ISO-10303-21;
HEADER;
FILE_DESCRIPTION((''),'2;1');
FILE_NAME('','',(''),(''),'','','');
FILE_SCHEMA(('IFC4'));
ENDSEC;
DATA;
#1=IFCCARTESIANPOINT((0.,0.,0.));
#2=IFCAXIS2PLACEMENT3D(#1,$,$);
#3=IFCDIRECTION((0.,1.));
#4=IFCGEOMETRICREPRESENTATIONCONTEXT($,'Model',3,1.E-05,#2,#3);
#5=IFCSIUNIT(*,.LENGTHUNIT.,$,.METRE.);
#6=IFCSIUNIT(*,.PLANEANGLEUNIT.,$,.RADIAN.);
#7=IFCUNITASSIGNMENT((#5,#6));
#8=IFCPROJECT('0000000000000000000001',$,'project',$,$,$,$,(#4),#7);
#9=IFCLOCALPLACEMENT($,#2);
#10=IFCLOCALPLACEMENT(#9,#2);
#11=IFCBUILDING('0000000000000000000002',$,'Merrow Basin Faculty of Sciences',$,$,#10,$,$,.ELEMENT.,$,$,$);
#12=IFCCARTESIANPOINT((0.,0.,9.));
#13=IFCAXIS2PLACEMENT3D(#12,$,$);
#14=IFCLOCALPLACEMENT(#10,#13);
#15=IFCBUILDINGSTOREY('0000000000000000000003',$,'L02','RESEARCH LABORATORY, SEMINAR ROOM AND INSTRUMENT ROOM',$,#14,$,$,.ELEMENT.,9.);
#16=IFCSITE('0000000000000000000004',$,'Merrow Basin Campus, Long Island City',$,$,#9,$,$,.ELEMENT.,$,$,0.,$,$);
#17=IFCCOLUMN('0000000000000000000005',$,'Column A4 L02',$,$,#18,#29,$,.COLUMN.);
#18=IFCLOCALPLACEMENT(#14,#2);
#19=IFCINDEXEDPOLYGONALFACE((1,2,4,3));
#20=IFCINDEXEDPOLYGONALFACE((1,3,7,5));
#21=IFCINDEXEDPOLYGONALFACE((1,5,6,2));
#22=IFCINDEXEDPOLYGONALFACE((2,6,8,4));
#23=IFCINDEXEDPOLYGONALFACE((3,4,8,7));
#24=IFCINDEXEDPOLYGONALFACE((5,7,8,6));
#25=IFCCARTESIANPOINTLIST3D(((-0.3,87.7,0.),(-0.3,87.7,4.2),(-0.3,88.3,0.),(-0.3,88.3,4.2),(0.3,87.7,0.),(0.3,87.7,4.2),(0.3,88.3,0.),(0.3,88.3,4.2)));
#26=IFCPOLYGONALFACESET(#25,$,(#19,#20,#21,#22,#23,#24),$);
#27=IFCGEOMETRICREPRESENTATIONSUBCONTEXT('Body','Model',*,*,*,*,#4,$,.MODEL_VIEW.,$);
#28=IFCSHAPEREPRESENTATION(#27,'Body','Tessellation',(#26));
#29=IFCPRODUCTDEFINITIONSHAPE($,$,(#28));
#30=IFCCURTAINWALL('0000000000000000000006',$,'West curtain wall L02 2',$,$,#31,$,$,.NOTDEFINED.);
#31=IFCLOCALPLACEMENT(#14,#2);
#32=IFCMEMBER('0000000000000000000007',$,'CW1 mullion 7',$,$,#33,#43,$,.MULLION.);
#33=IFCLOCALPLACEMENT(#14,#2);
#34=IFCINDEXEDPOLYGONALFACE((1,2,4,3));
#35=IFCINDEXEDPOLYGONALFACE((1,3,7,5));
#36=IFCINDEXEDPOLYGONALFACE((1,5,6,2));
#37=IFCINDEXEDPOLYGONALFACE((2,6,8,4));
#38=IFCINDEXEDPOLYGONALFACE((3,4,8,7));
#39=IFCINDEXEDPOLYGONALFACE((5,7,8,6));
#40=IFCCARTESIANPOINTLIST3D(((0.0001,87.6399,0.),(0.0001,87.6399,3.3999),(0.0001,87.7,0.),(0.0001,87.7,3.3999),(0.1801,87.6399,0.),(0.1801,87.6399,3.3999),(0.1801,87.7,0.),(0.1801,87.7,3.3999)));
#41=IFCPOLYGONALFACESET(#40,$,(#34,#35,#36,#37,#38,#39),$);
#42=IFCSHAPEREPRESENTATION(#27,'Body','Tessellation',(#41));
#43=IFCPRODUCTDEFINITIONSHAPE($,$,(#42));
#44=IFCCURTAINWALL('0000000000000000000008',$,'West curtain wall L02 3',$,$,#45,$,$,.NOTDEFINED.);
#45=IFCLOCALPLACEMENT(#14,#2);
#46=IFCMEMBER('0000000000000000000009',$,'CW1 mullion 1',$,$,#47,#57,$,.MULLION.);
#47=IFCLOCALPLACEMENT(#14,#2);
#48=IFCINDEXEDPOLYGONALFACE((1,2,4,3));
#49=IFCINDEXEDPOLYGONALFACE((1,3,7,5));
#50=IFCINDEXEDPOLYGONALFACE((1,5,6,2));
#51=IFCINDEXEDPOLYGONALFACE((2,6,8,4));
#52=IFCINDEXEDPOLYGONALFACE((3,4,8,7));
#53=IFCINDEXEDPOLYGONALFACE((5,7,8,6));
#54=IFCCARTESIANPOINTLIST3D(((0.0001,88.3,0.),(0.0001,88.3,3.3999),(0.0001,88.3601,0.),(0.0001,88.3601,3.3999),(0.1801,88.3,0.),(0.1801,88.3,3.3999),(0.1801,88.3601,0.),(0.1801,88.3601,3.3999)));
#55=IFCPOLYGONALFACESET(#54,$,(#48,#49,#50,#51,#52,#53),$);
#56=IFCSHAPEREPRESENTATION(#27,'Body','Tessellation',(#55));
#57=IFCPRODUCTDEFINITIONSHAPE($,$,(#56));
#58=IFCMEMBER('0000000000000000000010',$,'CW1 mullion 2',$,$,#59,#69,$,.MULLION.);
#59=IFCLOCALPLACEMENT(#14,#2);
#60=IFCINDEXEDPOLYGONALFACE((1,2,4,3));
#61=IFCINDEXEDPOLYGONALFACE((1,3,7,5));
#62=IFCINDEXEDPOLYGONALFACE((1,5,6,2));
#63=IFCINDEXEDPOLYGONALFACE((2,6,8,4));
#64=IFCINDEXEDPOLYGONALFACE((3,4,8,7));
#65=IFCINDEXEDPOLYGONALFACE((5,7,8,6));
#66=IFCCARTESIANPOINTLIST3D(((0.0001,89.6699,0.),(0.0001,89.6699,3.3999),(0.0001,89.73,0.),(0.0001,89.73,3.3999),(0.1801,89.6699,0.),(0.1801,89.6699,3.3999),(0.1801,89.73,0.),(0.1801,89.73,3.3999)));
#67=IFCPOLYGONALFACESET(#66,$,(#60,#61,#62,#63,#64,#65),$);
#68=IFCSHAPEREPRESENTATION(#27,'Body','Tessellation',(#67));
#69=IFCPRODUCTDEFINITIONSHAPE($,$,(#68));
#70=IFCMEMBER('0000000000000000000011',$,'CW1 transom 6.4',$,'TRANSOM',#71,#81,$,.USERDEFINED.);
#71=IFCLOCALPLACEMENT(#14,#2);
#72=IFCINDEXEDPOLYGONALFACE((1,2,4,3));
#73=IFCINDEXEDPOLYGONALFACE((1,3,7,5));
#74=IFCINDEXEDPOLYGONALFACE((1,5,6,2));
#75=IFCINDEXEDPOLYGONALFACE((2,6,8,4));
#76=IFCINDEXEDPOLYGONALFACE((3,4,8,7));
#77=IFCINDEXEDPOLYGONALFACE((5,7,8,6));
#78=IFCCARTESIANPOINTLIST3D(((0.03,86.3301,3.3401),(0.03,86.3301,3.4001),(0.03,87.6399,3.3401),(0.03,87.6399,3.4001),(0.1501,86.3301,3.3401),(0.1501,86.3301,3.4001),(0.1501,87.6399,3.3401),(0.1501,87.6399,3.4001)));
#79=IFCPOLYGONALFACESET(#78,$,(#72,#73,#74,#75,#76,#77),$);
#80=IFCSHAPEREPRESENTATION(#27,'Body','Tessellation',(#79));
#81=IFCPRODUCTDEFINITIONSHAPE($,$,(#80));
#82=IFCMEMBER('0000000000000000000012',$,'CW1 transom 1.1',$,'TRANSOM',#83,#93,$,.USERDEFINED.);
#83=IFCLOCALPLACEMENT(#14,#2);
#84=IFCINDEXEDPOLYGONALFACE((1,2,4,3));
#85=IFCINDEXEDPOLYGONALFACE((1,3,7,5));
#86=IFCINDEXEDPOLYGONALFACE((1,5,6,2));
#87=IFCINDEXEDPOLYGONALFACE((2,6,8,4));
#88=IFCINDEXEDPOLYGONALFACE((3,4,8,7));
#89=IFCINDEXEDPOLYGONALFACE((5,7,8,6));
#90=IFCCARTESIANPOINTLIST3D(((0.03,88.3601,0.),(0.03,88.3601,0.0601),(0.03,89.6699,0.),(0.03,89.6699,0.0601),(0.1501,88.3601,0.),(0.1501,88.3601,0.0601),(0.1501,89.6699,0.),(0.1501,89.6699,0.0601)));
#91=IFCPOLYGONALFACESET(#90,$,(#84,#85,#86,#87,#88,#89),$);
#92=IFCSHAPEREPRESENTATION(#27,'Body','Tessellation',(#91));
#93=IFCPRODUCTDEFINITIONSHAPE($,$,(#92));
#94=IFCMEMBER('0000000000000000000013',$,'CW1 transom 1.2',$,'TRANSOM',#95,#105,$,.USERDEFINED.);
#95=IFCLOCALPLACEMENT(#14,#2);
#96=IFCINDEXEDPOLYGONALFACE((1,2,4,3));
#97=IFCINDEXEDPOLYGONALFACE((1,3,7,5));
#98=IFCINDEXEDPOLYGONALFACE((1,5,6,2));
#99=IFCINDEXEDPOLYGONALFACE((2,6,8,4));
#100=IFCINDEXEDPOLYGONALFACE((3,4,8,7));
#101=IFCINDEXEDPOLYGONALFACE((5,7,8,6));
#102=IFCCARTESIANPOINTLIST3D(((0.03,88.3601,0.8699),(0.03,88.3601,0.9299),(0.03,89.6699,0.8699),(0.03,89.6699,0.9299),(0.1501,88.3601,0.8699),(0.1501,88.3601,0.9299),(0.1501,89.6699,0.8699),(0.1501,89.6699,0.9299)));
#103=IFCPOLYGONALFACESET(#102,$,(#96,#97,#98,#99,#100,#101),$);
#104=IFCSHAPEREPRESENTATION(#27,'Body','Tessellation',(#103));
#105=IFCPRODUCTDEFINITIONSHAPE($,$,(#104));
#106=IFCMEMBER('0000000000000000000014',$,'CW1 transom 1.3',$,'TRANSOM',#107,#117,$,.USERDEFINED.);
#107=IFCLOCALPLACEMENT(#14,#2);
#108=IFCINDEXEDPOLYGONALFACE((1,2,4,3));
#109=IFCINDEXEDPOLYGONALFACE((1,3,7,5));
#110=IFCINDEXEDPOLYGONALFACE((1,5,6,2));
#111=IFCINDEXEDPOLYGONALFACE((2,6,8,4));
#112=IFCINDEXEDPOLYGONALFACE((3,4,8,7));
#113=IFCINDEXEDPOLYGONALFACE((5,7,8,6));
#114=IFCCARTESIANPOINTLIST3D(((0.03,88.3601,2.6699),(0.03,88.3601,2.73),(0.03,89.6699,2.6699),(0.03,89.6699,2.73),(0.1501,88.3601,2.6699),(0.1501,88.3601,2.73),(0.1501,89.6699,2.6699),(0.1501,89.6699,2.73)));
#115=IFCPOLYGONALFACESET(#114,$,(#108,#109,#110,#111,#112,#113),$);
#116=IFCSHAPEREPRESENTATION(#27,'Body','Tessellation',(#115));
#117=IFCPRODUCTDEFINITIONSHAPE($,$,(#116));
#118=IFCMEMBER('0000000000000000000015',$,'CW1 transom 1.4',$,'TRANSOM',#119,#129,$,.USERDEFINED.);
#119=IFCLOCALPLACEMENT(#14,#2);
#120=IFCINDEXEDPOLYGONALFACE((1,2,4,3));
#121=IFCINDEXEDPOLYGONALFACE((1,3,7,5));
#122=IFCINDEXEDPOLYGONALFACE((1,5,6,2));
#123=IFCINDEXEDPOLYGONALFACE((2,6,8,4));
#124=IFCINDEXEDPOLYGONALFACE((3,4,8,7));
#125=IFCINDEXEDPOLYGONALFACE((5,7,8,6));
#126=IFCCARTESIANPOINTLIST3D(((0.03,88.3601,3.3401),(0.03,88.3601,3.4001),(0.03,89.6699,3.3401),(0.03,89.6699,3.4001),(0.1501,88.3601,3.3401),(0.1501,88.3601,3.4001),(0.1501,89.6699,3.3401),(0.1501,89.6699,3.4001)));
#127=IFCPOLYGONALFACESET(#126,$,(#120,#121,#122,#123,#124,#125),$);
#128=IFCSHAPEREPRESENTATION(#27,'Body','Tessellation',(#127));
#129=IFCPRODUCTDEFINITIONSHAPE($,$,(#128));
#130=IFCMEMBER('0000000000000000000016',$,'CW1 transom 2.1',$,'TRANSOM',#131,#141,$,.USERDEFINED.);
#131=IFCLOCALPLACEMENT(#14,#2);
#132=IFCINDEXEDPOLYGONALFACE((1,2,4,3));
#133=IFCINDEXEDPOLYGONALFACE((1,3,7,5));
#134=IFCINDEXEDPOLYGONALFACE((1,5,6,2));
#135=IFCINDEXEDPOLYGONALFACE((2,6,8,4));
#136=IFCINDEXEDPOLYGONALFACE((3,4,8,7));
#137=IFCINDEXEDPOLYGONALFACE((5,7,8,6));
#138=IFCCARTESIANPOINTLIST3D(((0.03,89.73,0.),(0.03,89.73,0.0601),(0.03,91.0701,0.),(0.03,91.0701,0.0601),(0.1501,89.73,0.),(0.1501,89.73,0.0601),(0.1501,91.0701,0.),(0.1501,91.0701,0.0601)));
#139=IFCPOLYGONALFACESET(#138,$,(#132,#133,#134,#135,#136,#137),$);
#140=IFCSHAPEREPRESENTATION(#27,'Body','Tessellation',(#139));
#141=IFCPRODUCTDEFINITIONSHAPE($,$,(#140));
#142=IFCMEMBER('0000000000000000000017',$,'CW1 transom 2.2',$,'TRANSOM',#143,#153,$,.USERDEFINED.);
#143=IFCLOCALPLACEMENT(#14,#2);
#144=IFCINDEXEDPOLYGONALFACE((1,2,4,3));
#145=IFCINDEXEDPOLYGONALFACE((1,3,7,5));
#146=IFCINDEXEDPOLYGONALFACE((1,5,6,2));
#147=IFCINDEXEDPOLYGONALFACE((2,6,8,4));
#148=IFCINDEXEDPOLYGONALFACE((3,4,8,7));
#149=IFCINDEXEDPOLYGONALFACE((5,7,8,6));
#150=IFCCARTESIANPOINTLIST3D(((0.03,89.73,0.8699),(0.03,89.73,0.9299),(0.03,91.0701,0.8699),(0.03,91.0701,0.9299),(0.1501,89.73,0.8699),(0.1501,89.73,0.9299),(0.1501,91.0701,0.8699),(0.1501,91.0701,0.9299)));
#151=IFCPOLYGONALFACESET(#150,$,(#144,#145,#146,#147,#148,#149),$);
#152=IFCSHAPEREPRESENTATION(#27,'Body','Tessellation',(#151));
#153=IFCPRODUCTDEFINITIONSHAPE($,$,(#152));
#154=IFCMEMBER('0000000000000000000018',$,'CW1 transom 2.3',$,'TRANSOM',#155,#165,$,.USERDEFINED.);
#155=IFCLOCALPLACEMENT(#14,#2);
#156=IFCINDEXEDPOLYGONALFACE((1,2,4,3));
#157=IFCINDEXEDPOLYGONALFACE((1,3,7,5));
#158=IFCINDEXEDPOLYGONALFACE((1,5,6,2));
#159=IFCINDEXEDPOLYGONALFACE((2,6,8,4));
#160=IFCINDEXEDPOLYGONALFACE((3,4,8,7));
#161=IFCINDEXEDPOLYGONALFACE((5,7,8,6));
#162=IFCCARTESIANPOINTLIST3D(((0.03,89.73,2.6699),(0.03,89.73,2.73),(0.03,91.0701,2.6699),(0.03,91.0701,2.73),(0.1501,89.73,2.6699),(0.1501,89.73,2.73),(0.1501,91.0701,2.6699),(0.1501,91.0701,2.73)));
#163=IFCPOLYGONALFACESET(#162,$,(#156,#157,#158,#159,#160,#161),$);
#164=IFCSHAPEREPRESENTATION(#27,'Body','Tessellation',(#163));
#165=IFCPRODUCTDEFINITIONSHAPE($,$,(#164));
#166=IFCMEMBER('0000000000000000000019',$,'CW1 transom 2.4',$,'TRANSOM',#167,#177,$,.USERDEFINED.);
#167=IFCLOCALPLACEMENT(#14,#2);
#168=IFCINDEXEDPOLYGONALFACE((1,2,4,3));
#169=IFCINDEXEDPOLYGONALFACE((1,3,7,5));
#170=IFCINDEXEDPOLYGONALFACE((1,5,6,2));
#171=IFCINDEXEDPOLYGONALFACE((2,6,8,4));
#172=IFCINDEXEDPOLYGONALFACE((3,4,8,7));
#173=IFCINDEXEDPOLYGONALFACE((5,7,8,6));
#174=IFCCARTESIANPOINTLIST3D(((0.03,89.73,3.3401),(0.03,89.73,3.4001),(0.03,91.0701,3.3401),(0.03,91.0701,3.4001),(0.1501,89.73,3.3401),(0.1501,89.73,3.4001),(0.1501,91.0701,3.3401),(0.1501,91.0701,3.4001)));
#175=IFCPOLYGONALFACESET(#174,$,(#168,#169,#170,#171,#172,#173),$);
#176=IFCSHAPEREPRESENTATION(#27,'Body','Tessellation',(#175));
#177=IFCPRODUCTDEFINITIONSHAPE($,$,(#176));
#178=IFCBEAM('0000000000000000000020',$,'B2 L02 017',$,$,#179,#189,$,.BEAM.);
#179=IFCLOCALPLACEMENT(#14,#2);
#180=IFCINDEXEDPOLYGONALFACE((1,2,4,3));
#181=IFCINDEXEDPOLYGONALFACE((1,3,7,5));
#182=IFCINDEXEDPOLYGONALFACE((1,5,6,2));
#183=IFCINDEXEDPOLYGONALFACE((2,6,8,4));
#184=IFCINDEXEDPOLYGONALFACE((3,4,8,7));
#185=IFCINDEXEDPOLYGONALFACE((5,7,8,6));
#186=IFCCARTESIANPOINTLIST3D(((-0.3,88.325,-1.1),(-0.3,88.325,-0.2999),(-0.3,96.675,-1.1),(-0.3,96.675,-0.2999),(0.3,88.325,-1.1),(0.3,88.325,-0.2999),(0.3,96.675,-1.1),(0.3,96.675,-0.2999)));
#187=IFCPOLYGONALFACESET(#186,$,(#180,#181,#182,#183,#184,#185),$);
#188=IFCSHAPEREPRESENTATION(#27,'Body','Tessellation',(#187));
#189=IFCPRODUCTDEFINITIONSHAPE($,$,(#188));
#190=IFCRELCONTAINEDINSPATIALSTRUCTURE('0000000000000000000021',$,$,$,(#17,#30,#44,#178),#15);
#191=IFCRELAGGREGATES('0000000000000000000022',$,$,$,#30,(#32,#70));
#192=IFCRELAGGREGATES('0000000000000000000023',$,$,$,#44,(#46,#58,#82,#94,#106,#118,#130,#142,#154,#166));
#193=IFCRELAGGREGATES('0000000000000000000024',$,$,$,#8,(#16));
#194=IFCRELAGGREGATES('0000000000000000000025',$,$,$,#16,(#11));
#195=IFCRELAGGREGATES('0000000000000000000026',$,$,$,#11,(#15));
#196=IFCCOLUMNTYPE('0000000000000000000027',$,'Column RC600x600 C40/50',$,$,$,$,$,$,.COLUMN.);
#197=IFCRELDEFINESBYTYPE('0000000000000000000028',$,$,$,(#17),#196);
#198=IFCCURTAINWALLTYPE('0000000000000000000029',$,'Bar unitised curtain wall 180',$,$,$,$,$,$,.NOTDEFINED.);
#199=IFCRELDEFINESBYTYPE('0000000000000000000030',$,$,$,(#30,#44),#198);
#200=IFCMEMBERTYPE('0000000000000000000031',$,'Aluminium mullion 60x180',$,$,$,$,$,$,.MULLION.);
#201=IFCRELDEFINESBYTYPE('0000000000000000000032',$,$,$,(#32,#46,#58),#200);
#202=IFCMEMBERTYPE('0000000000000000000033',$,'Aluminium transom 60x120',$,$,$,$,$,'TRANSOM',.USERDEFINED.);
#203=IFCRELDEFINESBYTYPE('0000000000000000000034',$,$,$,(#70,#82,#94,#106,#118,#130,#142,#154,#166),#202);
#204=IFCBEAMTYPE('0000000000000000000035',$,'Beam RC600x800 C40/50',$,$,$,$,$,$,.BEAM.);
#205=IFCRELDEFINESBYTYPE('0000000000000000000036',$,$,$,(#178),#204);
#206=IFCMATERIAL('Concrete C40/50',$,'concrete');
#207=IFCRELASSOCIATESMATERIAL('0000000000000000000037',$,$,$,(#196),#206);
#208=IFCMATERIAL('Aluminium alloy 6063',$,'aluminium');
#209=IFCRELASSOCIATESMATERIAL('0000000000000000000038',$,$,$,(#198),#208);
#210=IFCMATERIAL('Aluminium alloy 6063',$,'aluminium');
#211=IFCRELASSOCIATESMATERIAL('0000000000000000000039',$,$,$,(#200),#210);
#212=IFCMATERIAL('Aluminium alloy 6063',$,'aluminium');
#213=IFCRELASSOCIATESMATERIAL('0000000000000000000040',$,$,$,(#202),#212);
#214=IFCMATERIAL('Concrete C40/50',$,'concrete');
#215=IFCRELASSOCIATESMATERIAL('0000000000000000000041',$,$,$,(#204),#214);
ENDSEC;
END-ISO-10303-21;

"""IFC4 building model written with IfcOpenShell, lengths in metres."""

from ifc_helpers import new_model, si_unit, direction, frame, origin, origin_2d, place, context, subcontext, project, spatial, rectangle, extrude, material, material_profile, profile_set, type_object, element, aggregate, save


model = new_model("IFC4")

# Units and contexts
model_context = context("Model", 3, precision=1e-05, world=origin(), true_north=direction((0.0, 1.0)))
body_context = subcontext(model_context, "Body", "Model", "MODEL_VIEW")
ifc_project = project(units=[si_unit("LENGTHUNIT", "METRE"), si_unit("PLANEANGLEUNIT", "RADIAN")], contexts=[model_context])

# Site, building, storey
site_placement = place(None, origin())
site = spatial("IfcSite", under=ifc_project, at=site_placement, Name="Merrow Basin Campus, Long Island City", CompositionType="ELEMENT", RefElevation=0.0)
building_placement = place(site_placement, origin())
building = spatial("IfcBuilding", under=site, at=building_placement, Name="Merrow Basin Faculty of Sciences", CompositionType="ELEMENT")
storey_placement = place(building_placement, frame((0.0, 0.0, 9.0)))
storey = spatial("IfcBuildingStorey", under=building, at=storey_placement, Name="L02", Description="RESEARCH LABORATORY, SEMINAR ROOM AND INSTRUMENT ROOM", CompositionType="ELEMENT", Elevation=9.0)

# Column
ifc_material_1 = material(Name="Concrete C40/50", Category="concrete")
ifc_material_profile_1 = material_profile(ifc_material_1, rectangle(XDim=0.6001, YDim=0.6001, at=origin_2d()))
ifc_profile_set_1 = profile_set([ifc_material_profile_1], Name="Concrete C40/50")
column_type = type_object("IfcColumnType", Name="Column RC600x600 C40/50", PredefinedType="COLUMN", material=ifc_profile_set_1)
column_placement = place(storey_placement, frame((0.0, 88.0, 0.0), z_axis=(0.0, 0.0, 1.0), x_axis=(1.0, 0.0, 0.0)))
element("IfcColumn", 1, at=column_placement, inside=storey, type_object=column_type, Name="Column A4 L02", PredefinedType="COLUMN", context=body_context, shape_type="SweptSolid", body=[
    extrude(rectangle(XDim=0.6001, YDim=0.6001, at=origin_2d()), origin(), (0.0, 0.0, 1.0), 4.2),
])

# Curtain wall, member
ifc_material_2 = material(Name="Aluminium alloy 6063", Category="aluminium")
curtain_wall_type = type_object("IfcCurtainWallType", Name="Bar unitised curtain wall 180", PredefinedType="NOTDEFINED", material=ifc_material_2)
curtain_wall_1_placement = place(storey_placement, origin())
curtain_wall_1 = element("IfcCurtainWall", 2, at=curtain_wall_1_placement, inside=storey, type_object=curtain_wall_type, Name="West curtain wall L02 2", PredefinedType="NOTDEFINED")
ifc_material_3 = material(Name="Aluminium alloy 6063", Category="aluminium")
ifc_material_profile_2 = material_profile(ifc_material_3, rectangle(XDim=0.1799, YDim=0.0601, at=origin_2d()))
ifc_profile_set_2 = profile_set([ifc_material_profile_2], Name="Aluminium alloy 6063")
member_type_1 = type_object("IfcMemberType", Name="Aluminium mullion 60x180", PredefinedType="MULLION", material=ifc_profile_set_2)
member_1_placement = place(storey_placement, frame((0.0901, 87.6699, 0.0), z_axis=(0.0, 0.0, 1.0), x_axis=(-1.0, 0.0, 0.0)))
member_1 = element("IfcMember", 3, at=member_1_placement, type_object=member_type_1, Name="CW1 mullion 7", PredefinedType="MULLION", context=body_context, shape_type="SweptSolid", body=[
    extrude(rectangle(XDim=0.1799, YDim=0.0601, at=origin_2d()), origin(), (0.0, 0.0, 1.0), 3.3999),
])

# Curtain wall, members
curtain_wall_2_placement = place(storey_placement, origin())
curtain_wall_2 = element("IfcCurtainWall", 4, at=curtain_wall_2_placement, inside=storey, type_object=curtain_wall_type, Name="West curtain wall L02 3", PredefinedType="NOTDEFINED")
member_2_placement = place(storey_placement, frame((0.0901, 88.3301, 0.0), z_axis=(0.0, 0.0, 1.0), x_axis=(-1.0, 0.0, 0.0)))
member_2 = element("IfcMember", 5, at=member_2_placement, type_object=member_type_1, Name="CW1 mullion 1", PredefinedType="MULLION", context=body_context, shape_type="SweptSolid", body=[
    extrude(rectangle(XDim=0.1799, YDim=0.0601, at=origin_2d()), origin(), (0.0, 0.0, 1.0), 3.3999),
])
member_3_placement = place(storey_placement, frame((0.0901, 89.7, 0.0), z_axis=(0.0, 0.0, 1.0), x_axis=(-1.0, 0.0, 0.0)))
member_3 = element("IfcMember", 6, at=member_3_placement, type_object=member_type_1, Name="CW1 mullion 2", PredefinedType="MULLION", context=body_context, shape_type="SweptSolid", body=[
    extrude(rectangle(XDim=0.1799, YDim=0.0601, at=origin_2d()), origin(), (0.0, 0.0, 1.0), 3.3999),
])

# Members
ifc_material_4 = material(Name="Aluminium alloy 6063", Category="aluminium")
ifc_material_profile_3 = material_profile(ifc_material_4, rectangle(XDim=0.1201, YDim=0.0601, at=origin_2d()))
ifc_profile_set_3 = profile_set([ifc_material_profile_3], Name="Aluminium alloy 6063")
member_type_2 = type_object("IfcMemberType", Name="Aluminium transom 60x120", ElementType="TRANSOM", PredefinedType="USERDEFINED", material=ifc_profile_set_3)
member_4_placement = place(storey_placement, frame((0.0901, 86.3301, 3.3701), z_axis=(0.0, 1.0, 0.0), x_axis=(-1.0, 0.0, 0.0)))
member_4 = element("IfcMember", 7, at=member_4_placement, type_object=member_type_2, Name="CW1 transom 6.4", ObjectType="TRANSOM", PredefinedType="USERDEFINED", context=body_context, shape_type="SweptSolid", body=[
    extrude(rectangle(XDim=0.1201, YDim=0.0601, at=origin_2d()), origin(), (0.0, 0.0, 1.0), 1.3098),
])
member_5_placement = place(storey_placement, frame((0.0901, 88.3601, 0.03), z_axis=(0.0, 1.0, 0.0), x_axis=(-1.0, 0.0, 0.0)))
member_5 = element("IfcMember", 8, at=member_5_placement, type_object=member_type_2, Name="CW1 transom 1.1", ObjectType="TRANSOM", PredefinedType="USERDEFINED", context=body_context, shape_type="SweptSolid", body=[
    extrude(rectangle(XDim=0.1201, YDim=0.0601, at=origin_2d()), origin(), (0.0, 0.0, 1.0), 1.3098),
])
member_6_placement = place(storey_placement, frame((0.0901, 88.3601, 0.8999), z_axis=(0.0, 1.0, 0.0), x_axis=(-1.0, 0.0, 0.0)))
member_6 = element("IfcMember", 9, at=member_6_placement, type_object=member_type_2, Name="CW1 transom 1.2", ObjectType="TRANSOM", PredefinedType="USERDEFINED", context=body_context, shape_type="SweptSolid", body=[
    extrude(rectangle(XDim=0.1201, YDim=0.0601, at=origin_2d()), origin(), (0.0, 0.0, 1.0), 1.3098),
])
member_7_placement = place(storey_placement, frame((0.0901, 88.3601, 2.7), z_axis=(0.0, 1.0, 0.0), x_axis=(-1.0, 0.0, 0.0)))
member_7 = element("IfcMember", 10, at=member_7_placement, type_object=member_type_2, Name="CW1 transom 1.3", ObjectType="TRANSOM", PredefinedType="USERDEFINED", context=body_context, shape_type="SweptSolid", body=[
    extrude(rectangle(XDim=0.1201, YDim=0.0601, at=origin_2d()), origin(), (0.0, 0.0, 1.0), 1.3098),
])
member_8_placement = place(storey_placement, frame((0.0901, 88.3601, 3.3701), z_axis=(0.0, 1.0, 0.0), x_axis=(-1.0, 0.0, 0.0)))
member_8 = element("IfcMember", 11, at=member_8_placement, type_object=member_type_2, Name="CW1 transom 1.4", ObjectType="TRANSOM", PredefinedType="USERDEFINED", context=body_context, shape_type="SweptSolid", body=[
    extrude(rectangle(XDim=0.1201, YDim=0.0601, at=origin_2d()), origin(), (0.0, 0.0, 1.0), 1.3098),
])
member_9_placement = place(storey_placement, frame((0.0901, 89.73, 0.03), z_axis=(0.0, 1.0, 0.0), x_axis=(-1.0, 0.0, 0.0)))
member_9 = element("IfcMember", 12, at=member_9_placement, type_object=member_type_2, Name="CW1 transom 2.1", ObjectType="TRANSOM", PredefinedType="USERDEFINED", context=body_context, shape_type="SweptSolid", body=[
    extrude(rectangle(XDim=0.1201, YDim=0.0601, at=origin_2d()), origin(), (0.0, 0.0, 1.0), 1.3401),
])
member_10_placement = place(storey_placement, frame((0.0901, 89.73, 0.8999), z_axis=(0.0, 1.0, 0.0), x_axis=(-1.0, 0.0, 0.0)))
member_10 = element("IfcMember", 13, at=member_10_placement, type_object=member_type_2, Name="CW1 transom 2.2", ObjectType="TRANSOM", PredefinedType="USERDEFINED", context=body_context, shape_type="SweptSolid", body=[
    extrude(rectangle(XDim=0.1201, YDim=0.0601, at=origin_2d()), origin(), (0.0, 0.0, 1.0), 1.3401),
])
member_11_placement = place(storey_placement, frame((0.0901, 89.73, 2.7), z_axis=(0.0, 1.0, 0.0), x_axis=(-1.0, 0.0, 0.0)))
member_11 = element("IfcMember", 14, at=member_11_placement, type_object=member_type_2, Name="CW1 transom 2.3", ObjectType="TRANSOM", PredefinedType="USERDEFINED", context=body_context, shape_type="SweptSolid", body=[
    extrude(rectangle(XDim=0.1201, YDim=0.0601, at=origin_2d()), origin(), (0.0, 0.0, 1.0), 1.3401),
])
member_12_placement = place(storey_placement, frame((0.0901, 89.73, 3.3701), z_axis=(0.0, 1.0, 0.0), x_axis=(-1.0, 0.0, 0.0)))
member_12 = element("IfcMember", 15, at=member_12_placement, type_object=member_type_2, Name="CW1 transom 2.4", ObjectType="TRANSOM", PredefinedType="USERDEFINED", context=body_context, shape_type="SweptSolid", body=[
    extrude(rectangle(XDim=0.1201, YDim=0.0601, at=origin_2d()), origin(), (0.0, 0.0, 1.0), 1.3401),
])

# Beam
ifc_material_5 = material(Name="Concrete C40/50", Category="concrete")
ifc_material_profile_4 = material_profile(ifc_material_5, rectangle(XDim=0.6001, YDim=0.8, at=origin_2d()))
ifc_profile_set_4 = profile_set([ifc_material_profile_4], Name="Concrete C40/50")
beam_type = type_object("IfcBeamType", Name="Beam RC600x800 C40/50", PredefinedType="BEAM", material=ifc_profile_set_4)
beam_placement = place(storey_placement, frame((0.0, 88.325, -0.7), z_axis=(0.0, 1.0, 0.0), x_axis=(-1.0, 0.0, 0.0)))
element("IfcBeam", 16, at=beam_placement, inside=storey, type_object=beam_type, Name="B2 L02 017", PredefinedType="BEAM", context=body_context, shape_type="SweptSolid", body=[
    extrude(rectangle(XDim=0.6001, YDim=0.8, at=origin_2d()), origin(), (0.0, 0.0, 1.0), 8.3501),
])

aggregate(curtain_wall_1, [member_1, member_4])
aggregate(curtain_wall_2, [member_2, member_3, member_5, member_6, member_7, member_8, member_9, member_10, member_11, member_12])

save(model, "model.ifc")
